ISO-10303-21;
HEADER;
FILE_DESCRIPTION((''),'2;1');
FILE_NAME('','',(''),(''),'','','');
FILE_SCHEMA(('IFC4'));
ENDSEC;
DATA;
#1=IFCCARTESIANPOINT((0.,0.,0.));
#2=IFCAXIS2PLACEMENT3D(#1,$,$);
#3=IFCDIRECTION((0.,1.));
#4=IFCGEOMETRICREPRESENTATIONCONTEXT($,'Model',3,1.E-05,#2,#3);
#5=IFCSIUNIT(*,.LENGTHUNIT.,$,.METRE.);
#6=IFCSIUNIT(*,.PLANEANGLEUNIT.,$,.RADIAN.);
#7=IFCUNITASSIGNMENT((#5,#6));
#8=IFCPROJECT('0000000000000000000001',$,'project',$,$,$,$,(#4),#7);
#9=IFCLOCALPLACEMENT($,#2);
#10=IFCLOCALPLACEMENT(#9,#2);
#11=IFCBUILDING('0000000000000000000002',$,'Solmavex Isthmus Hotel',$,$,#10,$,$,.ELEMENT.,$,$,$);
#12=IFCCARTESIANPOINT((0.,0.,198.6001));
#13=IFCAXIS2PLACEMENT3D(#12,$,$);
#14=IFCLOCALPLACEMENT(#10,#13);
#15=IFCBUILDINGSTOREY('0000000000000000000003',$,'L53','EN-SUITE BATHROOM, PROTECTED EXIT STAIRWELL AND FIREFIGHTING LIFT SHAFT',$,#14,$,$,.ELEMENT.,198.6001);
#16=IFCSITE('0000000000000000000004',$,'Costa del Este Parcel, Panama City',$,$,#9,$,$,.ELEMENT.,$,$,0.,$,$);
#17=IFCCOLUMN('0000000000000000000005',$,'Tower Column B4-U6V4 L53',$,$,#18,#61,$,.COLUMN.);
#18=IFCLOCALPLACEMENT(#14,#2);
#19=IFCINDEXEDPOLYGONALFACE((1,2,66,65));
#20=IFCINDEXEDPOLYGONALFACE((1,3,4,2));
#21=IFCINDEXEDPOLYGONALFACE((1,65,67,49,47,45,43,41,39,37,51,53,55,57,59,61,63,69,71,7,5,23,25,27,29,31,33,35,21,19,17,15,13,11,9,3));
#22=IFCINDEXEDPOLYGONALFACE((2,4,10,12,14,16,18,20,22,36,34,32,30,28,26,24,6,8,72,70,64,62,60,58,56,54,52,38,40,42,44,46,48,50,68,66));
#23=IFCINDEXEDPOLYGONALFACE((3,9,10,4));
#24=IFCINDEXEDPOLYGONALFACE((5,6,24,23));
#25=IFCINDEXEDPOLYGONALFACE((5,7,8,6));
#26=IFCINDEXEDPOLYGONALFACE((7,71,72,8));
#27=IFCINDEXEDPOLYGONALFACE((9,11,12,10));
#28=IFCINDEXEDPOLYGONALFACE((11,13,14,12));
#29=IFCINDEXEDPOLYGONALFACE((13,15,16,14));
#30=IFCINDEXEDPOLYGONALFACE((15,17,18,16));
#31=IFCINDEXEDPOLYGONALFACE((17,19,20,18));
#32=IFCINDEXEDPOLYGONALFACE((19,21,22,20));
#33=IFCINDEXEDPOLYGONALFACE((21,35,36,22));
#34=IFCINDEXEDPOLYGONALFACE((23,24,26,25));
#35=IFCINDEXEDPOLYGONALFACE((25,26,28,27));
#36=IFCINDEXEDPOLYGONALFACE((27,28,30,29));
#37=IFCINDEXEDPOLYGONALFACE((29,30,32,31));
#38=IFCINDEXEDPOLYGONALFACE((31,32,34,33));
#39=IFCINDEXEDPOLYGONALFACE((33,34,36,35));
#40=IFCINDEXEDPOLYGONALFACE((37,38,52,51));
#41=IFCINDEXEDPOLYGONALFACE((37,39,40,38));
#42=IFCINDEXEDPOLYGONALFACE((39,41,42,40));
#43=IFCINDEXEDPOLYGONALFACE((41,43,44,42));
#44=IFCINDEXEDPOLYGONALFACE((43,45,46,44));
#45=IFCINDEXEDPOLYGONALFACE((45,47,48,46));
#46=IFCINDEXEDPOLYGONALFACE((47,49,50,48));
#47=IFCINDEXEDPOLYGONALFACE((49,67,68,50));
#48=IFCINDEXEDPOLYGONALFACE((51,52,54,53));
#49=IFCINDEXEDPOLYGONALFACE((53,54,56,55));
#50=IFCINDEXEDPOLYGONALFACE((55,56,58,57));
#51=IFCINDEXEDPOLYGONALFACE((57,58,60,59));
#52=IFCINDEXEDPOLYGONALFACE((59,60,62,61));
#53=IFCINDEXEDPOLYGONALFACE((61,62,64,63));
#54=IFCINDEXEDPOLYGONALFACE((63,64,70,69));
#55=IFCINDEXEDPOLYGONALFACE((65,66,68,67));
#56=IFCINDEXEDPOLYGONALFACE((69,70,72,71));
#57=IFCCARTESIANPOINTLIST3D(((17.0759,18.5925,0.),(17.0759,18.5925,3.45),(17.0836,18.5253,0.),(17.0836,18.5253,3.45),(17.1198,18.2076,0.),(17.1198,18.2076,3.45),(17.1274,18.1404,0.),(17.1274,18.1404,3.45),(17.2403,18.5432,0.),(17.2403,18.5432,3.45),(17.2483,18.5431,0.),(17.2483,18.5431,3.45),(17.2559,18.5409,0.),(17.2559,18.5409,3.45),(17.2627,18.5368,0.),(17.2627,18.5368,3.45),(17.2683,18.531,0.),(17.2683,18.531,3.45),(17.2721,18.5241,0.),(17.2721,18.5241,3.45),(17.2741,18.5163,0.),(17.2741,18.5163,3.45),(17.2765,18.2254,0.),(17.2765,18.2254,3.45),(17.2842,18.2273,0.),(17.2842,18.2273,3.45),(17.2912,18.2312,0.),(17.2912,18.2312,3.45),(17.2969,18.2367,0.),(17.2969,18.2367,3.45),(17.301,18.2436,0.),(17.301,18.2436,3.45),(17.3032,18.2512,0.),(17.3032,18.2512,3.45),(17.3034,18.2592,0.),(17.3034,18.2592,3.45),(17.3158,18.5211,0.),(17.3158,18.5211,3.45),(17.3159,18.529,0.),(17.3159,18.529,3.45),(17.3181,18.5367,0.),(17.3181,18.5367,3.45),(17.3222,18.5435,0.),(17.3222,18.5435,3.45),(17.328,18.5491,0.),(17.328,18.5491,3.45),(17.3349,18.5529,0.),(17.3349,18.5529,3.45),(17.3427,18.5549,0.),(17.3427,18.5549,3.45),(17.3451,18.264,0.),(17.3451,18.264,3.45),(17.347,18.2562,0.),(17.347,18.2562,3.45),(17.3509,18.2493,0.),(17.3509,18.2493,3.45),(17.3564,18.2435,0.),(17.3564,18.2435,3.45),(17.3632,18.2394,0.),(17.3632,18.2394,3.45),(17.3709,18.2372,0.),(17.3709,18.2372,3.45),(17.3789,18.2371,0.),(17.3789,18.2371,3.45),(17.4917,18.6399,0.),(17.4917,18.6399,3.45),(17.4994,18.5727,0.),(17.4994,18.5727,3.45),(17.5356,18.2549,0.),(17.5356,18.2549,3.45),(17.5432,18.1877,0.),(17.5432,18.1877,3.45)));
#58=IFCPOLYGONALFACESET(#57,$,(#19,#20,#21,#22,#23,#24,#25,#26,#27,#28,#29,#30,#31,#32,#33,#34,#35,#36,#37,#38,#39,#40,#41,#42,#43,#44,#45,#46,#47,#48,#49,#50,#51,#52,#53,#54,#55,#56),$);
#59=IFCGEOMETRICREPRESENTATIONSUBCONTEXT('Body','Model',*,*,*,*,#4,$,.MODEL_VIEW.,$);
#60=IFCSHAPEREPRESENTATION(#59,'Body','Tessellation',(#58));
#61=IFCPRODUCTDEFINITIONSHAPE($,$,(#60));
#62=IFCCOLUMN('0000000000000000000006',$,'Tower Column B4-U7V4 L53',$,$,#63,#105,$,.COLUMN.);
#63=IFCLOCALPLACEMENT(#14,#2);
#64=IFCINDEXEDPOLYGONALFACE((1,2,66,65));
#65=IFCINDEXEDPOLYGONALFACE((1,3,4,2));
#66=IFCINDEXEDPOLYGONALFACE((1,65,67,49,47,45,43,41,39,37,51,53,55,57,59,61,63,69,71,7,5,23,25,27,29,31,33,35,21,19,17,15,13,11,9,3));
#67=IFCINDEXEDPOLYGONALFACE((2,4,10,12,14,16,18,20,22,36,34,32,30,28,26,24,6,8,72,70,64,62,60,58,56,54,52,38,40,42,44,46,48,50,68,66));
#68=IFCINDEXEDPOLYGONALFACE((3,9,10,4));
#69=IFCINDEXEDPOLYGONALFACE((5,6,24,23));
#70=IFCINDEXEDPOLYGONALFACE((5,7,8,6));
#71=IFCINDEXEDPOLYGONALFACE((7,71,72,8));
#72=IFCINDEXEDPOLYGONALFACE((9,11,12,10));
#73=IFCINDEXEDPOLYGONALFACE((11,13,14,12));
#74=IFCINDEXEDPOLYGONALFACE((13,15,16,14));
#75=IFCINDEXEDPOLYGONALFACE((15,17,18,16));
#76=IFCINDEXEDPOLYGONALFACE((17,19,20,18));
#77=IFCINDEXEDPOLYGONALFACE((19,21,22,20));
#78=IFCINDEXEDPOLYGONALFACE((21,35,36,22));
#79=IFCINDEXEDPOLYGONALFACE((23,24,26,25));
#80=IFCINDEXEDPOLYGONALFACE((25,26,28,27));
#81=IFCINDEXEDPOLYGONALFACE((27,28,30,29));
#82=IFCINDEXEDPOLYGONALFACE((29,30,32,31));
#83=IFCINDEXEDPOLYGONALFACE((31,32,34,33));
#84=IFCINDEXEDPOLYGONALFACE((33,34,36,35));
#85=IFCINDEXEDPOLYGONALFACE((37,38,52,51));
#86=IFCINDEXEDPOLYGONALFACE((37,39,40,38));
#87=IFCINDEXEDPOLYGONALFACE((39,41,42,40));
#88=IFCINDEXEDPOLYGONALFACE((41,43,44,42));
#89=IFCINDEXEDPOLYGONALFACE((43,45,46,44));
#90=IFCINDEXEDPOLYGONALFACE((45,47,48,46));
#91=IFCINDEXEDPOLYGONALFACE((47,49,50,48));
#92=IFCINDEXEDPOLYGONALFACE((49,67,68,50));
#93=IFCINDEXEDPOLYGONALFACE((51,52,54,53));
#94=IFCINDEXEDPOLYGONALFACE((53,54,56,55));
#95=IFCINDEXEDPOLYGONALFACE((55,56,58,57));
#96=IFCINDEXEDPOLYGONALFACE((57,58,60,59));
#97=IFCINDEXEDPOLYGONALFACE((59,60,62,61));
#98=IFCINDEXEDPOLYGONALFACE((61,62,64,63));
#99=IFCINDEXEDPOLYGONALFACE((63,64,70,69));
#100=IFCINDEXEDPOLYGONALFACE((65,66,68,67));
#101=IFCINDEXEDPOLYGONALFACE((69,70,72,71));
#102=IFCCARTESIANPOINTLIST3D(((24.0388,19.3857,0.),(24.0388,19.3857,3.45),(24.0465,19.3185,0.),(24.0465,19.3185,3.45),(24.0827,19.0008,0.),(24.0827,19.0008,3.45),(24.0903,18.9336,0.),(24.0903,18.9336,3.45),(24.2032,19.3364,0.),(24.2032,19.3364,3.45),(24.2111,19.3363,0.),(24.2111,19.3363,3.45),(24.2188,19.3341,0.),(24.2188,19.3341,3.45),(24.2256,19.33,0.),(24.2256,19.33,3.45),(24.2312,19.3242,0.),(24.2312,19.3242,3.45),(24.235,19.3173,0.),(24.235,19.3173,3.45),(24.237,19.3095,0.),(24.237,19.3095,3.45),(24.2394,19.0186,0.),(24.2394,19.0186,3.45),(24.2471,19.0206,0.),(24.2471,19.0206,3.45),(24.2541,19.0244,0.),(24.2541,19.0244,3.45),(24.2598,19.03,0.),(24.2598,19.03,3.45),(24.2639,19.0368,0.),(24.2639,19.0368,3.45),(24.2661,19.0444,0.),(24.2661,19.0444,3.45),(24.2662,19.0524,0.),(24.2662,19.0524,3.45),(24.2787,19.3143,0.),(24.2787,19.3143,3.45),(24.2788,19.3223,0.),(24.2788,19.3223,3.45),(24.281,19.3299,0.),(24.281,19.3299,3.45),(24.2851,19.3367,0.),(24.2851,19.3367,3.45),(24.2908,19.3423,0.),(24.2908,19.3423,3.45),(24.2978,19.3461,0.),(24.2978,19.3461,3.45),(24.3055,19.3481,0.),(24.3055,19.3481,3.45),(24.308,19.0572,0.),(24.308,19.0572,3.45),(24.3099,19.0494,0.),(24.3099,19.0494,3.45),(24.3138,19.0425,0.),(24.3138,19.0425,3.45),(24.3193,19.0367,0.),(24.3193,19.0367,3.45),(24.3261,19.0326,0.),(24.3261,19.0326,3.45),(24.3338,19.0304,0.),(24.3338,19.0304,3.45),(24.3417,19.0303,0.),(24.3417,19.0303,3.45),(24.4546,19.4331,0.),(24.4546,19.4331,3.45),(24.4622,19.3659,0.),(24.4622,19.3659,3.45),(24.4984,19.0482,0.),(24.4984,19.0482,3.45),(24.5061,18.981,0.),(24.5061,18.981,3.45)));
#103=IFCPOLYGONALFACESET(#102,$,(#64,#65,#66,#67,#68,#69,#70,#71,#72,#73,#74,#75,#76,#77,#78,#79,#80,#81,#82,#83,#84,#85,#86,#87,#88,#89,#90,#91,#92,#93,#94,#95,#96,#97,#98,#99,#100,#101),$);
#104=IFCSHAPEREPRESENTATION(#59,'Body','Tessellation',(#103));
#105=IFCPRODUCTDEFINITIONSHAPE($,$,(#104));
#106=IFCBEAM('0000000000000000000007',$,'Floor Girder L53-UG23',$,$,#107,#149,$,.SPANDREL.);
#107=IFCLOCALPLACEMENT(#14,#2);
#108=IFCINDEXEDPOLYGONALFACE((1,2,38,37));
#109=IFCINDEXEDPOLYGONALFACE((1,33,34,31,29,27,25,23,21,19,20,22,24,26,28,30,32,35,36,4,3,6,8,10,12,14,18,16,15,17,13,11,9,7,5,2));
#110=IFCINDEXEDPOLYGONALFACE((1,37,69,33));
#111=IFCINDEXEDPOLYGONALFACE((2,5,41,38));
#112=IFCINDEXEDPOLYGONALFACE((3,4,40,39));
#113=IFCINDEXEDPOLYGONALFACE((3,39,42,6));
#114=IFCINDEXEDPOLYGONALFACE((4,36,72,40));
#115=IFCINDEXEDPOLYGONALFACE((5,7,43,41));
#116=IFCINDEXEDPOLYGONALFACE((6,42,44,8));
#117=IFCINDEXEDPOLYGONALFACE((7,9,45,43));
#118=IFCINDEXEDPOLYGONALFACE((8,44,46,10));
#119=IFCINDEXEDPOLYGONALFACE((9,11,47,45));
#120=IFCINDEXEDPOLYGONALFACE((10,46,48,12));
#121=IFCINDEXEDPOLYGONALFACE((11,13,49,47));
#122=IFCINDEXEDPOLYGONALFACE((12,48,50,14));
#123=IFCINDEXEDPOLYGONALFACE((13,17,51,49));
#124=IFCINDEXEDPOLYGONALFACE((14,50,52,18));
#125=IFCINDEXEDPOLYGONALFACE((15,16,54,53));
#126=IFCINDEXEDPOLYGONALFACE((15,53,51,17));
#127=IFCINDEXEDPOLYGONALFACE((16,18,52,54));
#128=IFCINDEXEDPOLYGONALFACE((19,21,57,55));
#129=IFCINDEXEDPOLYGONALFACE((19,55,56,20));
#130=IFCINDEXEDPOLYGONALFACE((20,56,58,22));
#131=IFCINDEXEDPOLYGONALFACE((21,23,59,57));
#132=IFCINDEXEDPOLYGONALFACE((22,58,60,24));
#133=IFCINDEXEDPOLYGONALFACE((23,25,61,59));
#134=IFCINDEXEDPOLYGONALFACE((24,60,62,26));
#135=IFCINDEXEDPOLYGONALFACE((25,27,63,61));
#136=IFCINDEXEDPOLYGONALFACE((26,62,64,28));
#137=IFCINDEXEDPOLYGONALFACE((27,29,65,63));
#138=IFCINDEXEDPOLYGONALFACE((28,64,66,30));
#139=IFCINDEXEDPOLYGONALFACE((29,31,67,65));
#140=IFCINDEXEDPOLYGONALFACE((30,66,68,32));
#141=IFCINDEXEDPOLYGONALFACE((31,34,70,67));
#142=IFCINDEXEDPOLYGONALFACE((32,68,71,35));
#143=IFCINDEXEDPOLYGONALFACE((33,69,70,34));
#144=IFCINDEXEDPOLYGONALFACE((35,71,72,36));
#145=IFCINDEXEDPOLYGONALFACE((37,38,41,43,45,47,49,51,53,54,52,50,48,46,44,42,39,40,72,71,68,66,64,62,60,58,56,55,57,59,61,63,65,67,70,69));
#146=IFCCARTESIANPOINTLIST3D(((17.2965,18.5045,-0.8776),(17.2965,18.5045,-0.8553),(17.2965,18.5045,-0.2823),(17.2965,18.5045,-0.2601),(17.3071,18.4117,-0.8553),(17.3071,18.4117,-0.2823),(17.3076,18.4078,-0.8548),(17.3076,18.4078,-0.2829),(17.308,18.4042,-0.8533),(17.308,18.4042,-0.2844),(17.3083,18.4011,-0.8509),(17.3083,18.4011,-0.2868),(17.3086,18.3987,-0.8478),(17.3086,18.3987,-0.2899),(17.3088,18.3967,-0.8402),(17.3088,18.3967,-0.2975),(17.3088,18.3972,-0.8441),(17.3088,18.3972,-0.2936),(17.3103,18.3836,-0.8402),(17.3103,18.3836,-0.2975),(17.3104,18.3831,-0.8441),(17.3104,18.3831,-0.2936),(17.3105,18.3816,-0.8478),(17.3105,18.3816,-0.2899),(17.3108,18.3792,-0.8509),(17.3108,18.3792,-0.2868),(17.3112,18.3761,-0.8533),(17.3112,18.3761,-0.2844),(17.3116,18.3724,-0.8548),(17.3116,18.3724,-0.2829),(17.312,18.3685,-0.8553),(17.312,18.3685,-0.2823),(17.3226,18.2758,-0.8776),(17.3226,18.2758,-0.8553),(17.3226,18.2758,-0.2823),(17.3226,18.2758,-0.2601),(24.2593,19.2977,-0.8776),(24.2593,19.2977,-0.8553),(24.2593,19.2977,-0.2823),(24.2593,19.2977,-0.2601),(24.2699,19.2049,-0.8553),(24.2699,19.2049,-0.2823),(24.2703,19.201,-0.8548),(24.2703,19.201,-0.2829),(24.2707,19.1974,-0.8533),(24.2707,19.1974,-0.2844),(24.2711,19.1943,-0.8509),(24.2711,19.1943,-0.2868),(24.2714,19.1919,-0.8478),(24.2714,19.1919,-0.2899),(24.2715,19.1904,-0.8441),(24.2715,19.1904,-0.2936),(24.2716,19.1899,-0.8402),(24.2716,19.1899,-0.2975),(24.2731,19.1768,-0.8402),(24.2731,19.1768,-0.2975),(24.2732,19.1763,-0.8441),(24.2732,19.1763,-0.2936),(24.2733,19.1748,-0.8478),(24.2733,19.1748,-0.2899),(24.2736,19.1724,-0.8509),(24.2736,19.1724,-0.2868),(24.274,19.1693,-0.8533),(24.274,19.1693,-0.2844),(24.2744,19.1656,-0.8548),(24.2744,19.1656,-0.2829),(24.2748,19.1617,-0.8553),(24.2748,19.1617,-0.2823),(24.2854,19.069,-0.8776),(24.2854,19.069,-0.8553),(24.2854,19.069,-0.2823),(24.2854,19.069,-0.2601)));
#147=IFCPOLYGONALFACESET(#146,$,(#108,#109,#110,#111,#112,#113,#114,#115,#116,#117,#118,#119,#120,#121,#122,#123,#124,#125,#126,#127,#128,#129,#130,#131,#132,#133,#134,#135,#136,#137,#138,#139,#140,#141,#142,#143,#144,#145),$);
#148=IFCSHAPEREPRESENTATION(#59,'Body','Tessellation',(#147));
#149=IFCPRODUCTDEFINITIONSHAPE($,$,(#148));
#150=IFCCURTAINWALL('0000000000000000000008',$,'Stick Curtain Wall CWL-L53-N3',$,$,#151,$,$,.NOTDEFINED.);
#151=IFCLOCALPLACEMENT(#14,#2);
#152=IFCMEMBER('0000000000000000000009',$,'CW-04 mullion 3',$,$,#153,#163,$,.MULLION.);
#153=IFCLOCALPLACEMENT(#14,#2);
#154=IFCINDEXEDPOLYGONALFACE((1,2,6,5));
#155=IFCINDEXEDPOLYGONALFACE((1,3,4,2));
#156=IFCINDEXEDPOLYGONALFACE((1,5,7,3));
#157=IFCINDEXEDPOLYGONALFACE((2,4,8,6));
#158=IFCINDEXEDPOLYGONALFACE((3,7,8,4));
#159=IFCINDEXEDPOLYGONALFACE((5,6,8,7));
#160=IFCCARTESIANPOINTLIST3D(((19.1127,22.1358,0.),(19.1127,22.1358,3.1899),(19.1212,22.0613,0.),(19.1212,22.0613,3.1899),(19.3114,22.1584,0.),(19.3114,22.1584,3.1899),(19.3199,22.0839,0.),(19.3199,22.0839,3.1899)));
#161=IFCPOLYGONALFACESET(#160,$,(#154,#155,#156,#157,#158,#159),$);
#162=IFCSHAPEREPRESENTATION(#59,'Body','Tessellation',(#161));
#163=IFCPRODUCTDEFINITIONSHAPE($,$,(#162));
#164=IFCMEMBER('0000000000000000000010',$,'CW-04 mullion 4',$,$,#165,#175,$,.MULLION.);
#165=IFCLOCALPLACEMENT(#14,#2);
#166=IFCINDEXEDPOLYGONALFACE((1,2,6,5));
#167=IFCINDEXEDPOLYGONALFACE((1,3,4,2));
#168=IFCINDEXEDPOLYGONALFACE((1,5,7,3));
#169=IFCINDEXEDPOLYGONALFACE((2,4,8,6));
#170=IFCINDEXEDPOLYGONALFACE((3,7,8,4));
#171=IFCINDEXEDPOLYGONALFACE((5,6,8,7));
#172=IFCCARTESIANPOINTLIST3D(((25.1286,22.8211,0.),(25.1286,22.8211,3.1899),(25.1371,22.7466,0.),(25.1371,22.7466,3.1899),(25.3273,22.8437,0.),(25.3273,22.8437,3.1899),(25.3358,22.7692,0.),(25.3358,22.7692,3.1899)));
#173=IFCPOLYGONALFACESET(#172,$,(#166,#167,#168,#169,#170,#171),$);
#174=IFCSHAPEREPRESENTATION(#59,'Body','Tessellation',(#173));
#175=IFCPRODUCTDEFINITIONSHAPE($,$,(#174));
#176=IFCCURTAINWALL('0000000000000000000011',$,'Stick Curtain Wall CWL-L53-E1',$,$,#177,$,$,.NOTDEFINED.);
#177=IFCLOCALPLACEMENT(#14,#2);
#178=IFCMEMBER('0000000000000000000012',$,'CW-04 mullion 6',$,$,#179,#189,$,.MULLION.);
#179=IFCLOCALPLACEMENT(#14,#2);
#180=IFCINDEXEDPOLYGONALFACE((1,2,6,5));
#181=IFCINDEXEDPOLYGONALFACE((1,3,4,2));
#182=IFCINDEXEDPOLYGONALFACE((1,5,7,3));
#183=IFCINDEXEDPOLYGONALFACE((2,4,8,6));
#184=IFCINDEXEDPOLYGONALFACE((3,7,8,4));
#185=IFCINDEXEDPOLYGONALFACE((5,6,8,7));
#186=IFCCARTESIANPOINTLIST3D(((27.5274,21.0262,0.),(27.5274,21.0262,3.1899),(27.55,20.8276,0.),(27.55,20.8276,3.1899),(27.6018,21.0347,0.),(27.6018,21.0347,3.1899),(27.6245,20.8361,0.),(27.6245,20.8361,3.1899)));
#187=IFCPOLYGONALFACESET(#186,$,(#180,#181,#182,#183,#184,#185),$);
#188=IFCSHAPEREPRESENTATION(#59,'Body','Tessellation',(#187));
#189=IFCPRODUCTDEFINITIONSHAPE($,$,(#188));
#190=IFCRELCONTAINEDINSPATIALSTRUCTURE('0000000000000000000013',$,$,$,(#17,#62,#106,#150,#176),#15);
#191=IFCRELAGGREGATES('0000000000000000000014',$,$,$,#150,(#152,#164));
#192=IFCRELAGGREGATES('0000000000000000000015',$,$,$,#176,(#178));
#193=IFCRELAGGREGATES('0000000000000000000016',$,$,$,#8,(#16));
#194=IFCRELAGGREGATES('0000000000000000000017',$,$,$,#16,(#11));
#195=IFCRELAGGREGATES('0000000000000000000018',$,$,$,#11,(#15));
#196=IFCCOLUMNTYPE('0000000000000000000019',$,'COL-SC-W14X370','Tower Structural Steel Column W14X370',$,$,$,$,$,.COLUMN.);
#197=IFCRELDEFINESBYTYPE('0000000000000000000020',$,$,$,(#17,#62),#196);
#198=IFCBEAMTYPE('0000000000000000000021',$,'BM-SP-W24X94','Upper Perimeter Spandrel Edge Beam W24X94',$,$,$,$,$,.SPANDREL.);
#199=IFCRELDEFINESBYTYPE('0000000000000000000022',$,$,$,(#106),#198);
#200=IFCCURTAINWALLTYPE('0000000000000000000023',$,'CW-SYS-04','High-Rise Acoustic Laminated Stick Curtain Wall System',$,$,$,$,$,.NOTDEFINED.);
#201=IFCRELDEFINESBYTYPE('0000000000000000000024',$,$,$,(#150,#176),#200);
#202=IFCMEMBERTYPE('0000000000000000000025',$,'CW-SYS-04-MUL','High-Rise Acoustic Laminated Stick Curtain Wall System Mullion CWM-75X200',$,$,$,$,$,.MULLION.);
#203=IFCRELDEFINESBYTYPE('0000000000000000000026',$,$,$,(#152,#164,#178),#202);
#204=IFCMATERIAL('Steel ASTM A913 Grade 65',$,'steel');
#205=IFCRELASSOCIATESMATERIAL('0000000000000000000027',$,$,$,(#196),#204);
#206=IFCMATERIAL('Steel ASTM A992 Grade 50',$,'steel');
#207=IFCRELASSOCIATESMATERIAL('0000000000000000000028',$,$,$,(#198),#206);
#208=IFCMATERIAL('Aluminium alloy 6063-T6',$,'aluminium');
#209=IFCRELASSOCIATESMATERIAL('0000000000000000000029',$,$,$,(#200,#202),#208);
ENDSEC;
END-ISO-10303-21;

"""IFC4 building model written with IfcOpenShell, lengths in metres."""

from ifc_helpers import new_model, si_unit, direction, frame, origin, origin_2d, place, context, subcontext, project, spatial, rectangle, i_section, extrude, material, material_profile, profile_set, type_object, element, aggregate, save


model = new_model("IFC4")

# Units and contexts
model_context = context("Model", 3, precision=1e-05, world=origin(), true_north=direction((0.0, 1.0)))
body_context = subcontext(model_context, "Body", "Model", "MODEL_VIEW")
ifc_project = project(units=[si_unit("LENGTHUNIT", "METRE"), si_unit("PLANEANGLEUNIT", "RADIAN")], contexts=[model_context])

# Site, building, storey
site_placement = place(None, origin())
site = spatial("IfcSite", under=ifc_project, at=site_placement, Name="Costa del Este Parcel, Panama City", CompositionType="ELEMENT", RefElevation=0.0)
building_placement = place(site_placement, origin())
building = spatial("IfcBuilding", under=site, at=building_placement, Name="Solmavex Isthmus Hotel", CompositionType="ELEMENT")
storey_placement = place(building_placement, frame((0.0, 0.0, 198.6001)))
storey = spatial("IfcBuildingStorey", under=building, at=storey_placement, Name="L53", Description="EN-SUITE BATHROOM, PROTECTED EXIT STAIRWELL AND FIREFIGHTING LIFT SHAFT", CompositionType="ELEMENT", Elevation=198.6001)

# Columns
ifc_material_1 = material(Name="Steel ASTM A913 Grade 65", Category="steel")
ifc_material_profile_1 = material_profile(ifc_material_1, i_section(OverallWidth=0.4185, OverallDepth=0.4551, WebThickness=0.042, FlangeThickness=0.0676, FilletRadius=0.0305, at=origin_2d()), Name="W14X370")
ifc_profile_set_1 = profile_set([ifc_material_profile_1], Name="Steel ASTM A913 Grade 65")
column_type = type_object("IfcColumnType", Name="COL-SC-W14X370", Description="Tower Structural Steel Column W14X370", PredefinedType="COLUMN", material=ifc_profile_set_1)
for number, where, z_axis, x_axis, name in (
    (1, (17.3096, 18.3901, 0.0), (0.0, 0.0, 1.0), (0.993572, 0.113203, 0.0), "Tower Column B4-U6V4 L53"),
    (2, (24.2725, 19.1833, 0.0), (0.0, 0.0, 1.0), (0.993572, 0.113203, 0.0), "Tower Column B4-U7V4 L53"),
):
    element("IfcColumn", number, at=place(storey_placement, frame(where, z_axis=z_axis, x_axis=x_axis)), inside=storey, type_object=column_type, Name=name, PredefinedType="COLUMN", context=body_context, shape_type="SweptSolid", body=[
        extrude(i_section(OverallWidth=0.4185, OverallDepth=0.4551, WebThickness=0.042, FlangeThickness=0.0676, FilletRadius=0.0305, at=origin_2d()), origin(), (0.0, 0.0, 1.0), 3.45),
    ])

# Beam
ifc_material_2 = material(Name="Steel ASTM A992 Grade 50", Category="steel")
ifc_material_profile_2 = material_profile(ifc_material_2, i_section(OverallWidth=0.2302, OverallDepth=0.6174, WebThickness=0.0132, FlangeThickness=0.0222, FilletRadius=0.0151, at=origin_2d()), Name="W24X94")
ifc_profile_set_2 = profile_set([ifc_material_profile_2], Name="Steel ASTM A992 Grade 50")
beam_type = type_object("IfcBeamType", Name="BM-SP-W24X94", Description="Upper Perimeter Spandrel Edge Beam W24X94", PredefinedType="SPANDREL", material=ifc_profile_set_2)
beam_placement = place(storey_placement, frame((17.3096, 18.3901, -0.5688), z_axis=(0.993574, 0.113188, 0.0), x_axis=(-0.113188, 0.993574, 0.0)))
element("IfcBeam", 3, at=beam_placement, inside=storey, type_object=beam_type, Name="Floor Girder L53-UG23", PredefinedType="SPANDREL", context=body_context, shape_type="SweptSolid", body=[
    extrude(i_section(OverallWidth=0.2302, OverallDepth=0.6174, WebThickness=0.0132, FlangeThickness=0.0222, FilletRadius=0.0151, at=origin_2d()), origin(), (0.0, 0.0, 1.0), 7.0078),
])

# Curtain wall, members
ifc_material_3 = material(Name="Aluminium alloy 6063-T6", Category="aluminium")
curtain_wall_type = type_object("IfcCurtainWallType", Name="CW-SYS-04", Description="High-Rise Acoustic Laminated Stick Curtain Wall System", PredefinedType="NOTDEFINED", material=ifc_material_3)
curtain_wall_1_placement = place(storey_placement, origin())
curtain_wall_1 = element("IfcCurtainWall", 4, at=curtain_wall_1_placement, inside=storey, type_object=curtain_wall_type, Name="Stick Curtain Wall CWL-L53-N3", PredefinedType="NOTDEFINED")
ifc_material_profile_3 = material_profile(ifc_material_3, rectangle(XDim=0.075, YDim=0.2, at=origin_2d()), Name="CWM-75X200")
ifc_profile_set_3 = profile_set([ifc_material_profile_3], Name="Aluminium alloy 6063-T6")
member_type_1 = type_object("IfcMemberType", Name="CW-SYS-04-MUL", Description="High-Rise Acoustic Laminated Stick Curtain Wall System Mullion CWM-75X200", PredefinedType="MULLION", material=ifc_profile_set_3)
member_1_placement = place(storey_placement, frame((19.2163, 22.1099, 0.0), z_axis=(0.0, 0.0, 1.0), x_axis=(-0.113203, 0.993572, 0.0)))
member_1 = element("IfcMember", 5, at=member_1_placement, type_object=member_type_1, Name="CW-04 mullion 3", PredefinedType="MULLION", context=body_context, shape_type="SweptSolid", body=[
    extrude(rectangle(XDim=0.075, YDim=0.2, at=origin_2d()), origin(), (0.0, 0.0, 1.0), 3.1899),
])
member_2_placement = place(storey_placement, frame((25.2322, 22.7952, 0.0), z_axis=(0.0, 0.0, 1.0), x_axis=(-0.113203, 0.993572, 0.0)))
member_2 = element("IfcMember", 6, at=member_2_placement, type_object=member_type_1, Name="CW-04 mullion 4", PredefinedType="MULLION", context=body_context, shape_type="SweptSolid", body=[
    extrude(rectangle(XDim=0.075, YDim=0.2, at=origin_2d()), origin(), (0.0, 0.0, 1.0), 3.1899),
])

# Curtain wall, member
curtain_wall_2_placement = place(storey_placement, origin())
curtain_wall_2 = element("IfcCurtainWall", 7, at=curtain_wall_2_placement, inside=storey, type_object=curtain_wall_type, Name="Stick Curtain Wall CWL-L53-E1", PredefinedType="NOTDEFINED")
member_3_placement = place(storey_placement, frame((27.5759, 20.9312, 0.0), z_axis=(0.0, 0.0, 1.0), x_axis=(-0.993572, -0.113203, 0.0)))
member_3 = element("IfcMember", 8, at=member_3_placement, type_object=member_type_1, Name="CW-04 mullion 6", PredefinedType="MULLION", context=body_context, shape_type="SweptSolid", body=[
    extrude(rectangle(XDim=0.075, YDim=0.2, at=origin_2d()), origin(), (0.0, 0.0, 1.0), 3.1899),
])

aggregate(curtain_wall_1, [member_1, member_2])
aggregate(curtain_wall_2, [member_3])

save(model, "model.ifc")
